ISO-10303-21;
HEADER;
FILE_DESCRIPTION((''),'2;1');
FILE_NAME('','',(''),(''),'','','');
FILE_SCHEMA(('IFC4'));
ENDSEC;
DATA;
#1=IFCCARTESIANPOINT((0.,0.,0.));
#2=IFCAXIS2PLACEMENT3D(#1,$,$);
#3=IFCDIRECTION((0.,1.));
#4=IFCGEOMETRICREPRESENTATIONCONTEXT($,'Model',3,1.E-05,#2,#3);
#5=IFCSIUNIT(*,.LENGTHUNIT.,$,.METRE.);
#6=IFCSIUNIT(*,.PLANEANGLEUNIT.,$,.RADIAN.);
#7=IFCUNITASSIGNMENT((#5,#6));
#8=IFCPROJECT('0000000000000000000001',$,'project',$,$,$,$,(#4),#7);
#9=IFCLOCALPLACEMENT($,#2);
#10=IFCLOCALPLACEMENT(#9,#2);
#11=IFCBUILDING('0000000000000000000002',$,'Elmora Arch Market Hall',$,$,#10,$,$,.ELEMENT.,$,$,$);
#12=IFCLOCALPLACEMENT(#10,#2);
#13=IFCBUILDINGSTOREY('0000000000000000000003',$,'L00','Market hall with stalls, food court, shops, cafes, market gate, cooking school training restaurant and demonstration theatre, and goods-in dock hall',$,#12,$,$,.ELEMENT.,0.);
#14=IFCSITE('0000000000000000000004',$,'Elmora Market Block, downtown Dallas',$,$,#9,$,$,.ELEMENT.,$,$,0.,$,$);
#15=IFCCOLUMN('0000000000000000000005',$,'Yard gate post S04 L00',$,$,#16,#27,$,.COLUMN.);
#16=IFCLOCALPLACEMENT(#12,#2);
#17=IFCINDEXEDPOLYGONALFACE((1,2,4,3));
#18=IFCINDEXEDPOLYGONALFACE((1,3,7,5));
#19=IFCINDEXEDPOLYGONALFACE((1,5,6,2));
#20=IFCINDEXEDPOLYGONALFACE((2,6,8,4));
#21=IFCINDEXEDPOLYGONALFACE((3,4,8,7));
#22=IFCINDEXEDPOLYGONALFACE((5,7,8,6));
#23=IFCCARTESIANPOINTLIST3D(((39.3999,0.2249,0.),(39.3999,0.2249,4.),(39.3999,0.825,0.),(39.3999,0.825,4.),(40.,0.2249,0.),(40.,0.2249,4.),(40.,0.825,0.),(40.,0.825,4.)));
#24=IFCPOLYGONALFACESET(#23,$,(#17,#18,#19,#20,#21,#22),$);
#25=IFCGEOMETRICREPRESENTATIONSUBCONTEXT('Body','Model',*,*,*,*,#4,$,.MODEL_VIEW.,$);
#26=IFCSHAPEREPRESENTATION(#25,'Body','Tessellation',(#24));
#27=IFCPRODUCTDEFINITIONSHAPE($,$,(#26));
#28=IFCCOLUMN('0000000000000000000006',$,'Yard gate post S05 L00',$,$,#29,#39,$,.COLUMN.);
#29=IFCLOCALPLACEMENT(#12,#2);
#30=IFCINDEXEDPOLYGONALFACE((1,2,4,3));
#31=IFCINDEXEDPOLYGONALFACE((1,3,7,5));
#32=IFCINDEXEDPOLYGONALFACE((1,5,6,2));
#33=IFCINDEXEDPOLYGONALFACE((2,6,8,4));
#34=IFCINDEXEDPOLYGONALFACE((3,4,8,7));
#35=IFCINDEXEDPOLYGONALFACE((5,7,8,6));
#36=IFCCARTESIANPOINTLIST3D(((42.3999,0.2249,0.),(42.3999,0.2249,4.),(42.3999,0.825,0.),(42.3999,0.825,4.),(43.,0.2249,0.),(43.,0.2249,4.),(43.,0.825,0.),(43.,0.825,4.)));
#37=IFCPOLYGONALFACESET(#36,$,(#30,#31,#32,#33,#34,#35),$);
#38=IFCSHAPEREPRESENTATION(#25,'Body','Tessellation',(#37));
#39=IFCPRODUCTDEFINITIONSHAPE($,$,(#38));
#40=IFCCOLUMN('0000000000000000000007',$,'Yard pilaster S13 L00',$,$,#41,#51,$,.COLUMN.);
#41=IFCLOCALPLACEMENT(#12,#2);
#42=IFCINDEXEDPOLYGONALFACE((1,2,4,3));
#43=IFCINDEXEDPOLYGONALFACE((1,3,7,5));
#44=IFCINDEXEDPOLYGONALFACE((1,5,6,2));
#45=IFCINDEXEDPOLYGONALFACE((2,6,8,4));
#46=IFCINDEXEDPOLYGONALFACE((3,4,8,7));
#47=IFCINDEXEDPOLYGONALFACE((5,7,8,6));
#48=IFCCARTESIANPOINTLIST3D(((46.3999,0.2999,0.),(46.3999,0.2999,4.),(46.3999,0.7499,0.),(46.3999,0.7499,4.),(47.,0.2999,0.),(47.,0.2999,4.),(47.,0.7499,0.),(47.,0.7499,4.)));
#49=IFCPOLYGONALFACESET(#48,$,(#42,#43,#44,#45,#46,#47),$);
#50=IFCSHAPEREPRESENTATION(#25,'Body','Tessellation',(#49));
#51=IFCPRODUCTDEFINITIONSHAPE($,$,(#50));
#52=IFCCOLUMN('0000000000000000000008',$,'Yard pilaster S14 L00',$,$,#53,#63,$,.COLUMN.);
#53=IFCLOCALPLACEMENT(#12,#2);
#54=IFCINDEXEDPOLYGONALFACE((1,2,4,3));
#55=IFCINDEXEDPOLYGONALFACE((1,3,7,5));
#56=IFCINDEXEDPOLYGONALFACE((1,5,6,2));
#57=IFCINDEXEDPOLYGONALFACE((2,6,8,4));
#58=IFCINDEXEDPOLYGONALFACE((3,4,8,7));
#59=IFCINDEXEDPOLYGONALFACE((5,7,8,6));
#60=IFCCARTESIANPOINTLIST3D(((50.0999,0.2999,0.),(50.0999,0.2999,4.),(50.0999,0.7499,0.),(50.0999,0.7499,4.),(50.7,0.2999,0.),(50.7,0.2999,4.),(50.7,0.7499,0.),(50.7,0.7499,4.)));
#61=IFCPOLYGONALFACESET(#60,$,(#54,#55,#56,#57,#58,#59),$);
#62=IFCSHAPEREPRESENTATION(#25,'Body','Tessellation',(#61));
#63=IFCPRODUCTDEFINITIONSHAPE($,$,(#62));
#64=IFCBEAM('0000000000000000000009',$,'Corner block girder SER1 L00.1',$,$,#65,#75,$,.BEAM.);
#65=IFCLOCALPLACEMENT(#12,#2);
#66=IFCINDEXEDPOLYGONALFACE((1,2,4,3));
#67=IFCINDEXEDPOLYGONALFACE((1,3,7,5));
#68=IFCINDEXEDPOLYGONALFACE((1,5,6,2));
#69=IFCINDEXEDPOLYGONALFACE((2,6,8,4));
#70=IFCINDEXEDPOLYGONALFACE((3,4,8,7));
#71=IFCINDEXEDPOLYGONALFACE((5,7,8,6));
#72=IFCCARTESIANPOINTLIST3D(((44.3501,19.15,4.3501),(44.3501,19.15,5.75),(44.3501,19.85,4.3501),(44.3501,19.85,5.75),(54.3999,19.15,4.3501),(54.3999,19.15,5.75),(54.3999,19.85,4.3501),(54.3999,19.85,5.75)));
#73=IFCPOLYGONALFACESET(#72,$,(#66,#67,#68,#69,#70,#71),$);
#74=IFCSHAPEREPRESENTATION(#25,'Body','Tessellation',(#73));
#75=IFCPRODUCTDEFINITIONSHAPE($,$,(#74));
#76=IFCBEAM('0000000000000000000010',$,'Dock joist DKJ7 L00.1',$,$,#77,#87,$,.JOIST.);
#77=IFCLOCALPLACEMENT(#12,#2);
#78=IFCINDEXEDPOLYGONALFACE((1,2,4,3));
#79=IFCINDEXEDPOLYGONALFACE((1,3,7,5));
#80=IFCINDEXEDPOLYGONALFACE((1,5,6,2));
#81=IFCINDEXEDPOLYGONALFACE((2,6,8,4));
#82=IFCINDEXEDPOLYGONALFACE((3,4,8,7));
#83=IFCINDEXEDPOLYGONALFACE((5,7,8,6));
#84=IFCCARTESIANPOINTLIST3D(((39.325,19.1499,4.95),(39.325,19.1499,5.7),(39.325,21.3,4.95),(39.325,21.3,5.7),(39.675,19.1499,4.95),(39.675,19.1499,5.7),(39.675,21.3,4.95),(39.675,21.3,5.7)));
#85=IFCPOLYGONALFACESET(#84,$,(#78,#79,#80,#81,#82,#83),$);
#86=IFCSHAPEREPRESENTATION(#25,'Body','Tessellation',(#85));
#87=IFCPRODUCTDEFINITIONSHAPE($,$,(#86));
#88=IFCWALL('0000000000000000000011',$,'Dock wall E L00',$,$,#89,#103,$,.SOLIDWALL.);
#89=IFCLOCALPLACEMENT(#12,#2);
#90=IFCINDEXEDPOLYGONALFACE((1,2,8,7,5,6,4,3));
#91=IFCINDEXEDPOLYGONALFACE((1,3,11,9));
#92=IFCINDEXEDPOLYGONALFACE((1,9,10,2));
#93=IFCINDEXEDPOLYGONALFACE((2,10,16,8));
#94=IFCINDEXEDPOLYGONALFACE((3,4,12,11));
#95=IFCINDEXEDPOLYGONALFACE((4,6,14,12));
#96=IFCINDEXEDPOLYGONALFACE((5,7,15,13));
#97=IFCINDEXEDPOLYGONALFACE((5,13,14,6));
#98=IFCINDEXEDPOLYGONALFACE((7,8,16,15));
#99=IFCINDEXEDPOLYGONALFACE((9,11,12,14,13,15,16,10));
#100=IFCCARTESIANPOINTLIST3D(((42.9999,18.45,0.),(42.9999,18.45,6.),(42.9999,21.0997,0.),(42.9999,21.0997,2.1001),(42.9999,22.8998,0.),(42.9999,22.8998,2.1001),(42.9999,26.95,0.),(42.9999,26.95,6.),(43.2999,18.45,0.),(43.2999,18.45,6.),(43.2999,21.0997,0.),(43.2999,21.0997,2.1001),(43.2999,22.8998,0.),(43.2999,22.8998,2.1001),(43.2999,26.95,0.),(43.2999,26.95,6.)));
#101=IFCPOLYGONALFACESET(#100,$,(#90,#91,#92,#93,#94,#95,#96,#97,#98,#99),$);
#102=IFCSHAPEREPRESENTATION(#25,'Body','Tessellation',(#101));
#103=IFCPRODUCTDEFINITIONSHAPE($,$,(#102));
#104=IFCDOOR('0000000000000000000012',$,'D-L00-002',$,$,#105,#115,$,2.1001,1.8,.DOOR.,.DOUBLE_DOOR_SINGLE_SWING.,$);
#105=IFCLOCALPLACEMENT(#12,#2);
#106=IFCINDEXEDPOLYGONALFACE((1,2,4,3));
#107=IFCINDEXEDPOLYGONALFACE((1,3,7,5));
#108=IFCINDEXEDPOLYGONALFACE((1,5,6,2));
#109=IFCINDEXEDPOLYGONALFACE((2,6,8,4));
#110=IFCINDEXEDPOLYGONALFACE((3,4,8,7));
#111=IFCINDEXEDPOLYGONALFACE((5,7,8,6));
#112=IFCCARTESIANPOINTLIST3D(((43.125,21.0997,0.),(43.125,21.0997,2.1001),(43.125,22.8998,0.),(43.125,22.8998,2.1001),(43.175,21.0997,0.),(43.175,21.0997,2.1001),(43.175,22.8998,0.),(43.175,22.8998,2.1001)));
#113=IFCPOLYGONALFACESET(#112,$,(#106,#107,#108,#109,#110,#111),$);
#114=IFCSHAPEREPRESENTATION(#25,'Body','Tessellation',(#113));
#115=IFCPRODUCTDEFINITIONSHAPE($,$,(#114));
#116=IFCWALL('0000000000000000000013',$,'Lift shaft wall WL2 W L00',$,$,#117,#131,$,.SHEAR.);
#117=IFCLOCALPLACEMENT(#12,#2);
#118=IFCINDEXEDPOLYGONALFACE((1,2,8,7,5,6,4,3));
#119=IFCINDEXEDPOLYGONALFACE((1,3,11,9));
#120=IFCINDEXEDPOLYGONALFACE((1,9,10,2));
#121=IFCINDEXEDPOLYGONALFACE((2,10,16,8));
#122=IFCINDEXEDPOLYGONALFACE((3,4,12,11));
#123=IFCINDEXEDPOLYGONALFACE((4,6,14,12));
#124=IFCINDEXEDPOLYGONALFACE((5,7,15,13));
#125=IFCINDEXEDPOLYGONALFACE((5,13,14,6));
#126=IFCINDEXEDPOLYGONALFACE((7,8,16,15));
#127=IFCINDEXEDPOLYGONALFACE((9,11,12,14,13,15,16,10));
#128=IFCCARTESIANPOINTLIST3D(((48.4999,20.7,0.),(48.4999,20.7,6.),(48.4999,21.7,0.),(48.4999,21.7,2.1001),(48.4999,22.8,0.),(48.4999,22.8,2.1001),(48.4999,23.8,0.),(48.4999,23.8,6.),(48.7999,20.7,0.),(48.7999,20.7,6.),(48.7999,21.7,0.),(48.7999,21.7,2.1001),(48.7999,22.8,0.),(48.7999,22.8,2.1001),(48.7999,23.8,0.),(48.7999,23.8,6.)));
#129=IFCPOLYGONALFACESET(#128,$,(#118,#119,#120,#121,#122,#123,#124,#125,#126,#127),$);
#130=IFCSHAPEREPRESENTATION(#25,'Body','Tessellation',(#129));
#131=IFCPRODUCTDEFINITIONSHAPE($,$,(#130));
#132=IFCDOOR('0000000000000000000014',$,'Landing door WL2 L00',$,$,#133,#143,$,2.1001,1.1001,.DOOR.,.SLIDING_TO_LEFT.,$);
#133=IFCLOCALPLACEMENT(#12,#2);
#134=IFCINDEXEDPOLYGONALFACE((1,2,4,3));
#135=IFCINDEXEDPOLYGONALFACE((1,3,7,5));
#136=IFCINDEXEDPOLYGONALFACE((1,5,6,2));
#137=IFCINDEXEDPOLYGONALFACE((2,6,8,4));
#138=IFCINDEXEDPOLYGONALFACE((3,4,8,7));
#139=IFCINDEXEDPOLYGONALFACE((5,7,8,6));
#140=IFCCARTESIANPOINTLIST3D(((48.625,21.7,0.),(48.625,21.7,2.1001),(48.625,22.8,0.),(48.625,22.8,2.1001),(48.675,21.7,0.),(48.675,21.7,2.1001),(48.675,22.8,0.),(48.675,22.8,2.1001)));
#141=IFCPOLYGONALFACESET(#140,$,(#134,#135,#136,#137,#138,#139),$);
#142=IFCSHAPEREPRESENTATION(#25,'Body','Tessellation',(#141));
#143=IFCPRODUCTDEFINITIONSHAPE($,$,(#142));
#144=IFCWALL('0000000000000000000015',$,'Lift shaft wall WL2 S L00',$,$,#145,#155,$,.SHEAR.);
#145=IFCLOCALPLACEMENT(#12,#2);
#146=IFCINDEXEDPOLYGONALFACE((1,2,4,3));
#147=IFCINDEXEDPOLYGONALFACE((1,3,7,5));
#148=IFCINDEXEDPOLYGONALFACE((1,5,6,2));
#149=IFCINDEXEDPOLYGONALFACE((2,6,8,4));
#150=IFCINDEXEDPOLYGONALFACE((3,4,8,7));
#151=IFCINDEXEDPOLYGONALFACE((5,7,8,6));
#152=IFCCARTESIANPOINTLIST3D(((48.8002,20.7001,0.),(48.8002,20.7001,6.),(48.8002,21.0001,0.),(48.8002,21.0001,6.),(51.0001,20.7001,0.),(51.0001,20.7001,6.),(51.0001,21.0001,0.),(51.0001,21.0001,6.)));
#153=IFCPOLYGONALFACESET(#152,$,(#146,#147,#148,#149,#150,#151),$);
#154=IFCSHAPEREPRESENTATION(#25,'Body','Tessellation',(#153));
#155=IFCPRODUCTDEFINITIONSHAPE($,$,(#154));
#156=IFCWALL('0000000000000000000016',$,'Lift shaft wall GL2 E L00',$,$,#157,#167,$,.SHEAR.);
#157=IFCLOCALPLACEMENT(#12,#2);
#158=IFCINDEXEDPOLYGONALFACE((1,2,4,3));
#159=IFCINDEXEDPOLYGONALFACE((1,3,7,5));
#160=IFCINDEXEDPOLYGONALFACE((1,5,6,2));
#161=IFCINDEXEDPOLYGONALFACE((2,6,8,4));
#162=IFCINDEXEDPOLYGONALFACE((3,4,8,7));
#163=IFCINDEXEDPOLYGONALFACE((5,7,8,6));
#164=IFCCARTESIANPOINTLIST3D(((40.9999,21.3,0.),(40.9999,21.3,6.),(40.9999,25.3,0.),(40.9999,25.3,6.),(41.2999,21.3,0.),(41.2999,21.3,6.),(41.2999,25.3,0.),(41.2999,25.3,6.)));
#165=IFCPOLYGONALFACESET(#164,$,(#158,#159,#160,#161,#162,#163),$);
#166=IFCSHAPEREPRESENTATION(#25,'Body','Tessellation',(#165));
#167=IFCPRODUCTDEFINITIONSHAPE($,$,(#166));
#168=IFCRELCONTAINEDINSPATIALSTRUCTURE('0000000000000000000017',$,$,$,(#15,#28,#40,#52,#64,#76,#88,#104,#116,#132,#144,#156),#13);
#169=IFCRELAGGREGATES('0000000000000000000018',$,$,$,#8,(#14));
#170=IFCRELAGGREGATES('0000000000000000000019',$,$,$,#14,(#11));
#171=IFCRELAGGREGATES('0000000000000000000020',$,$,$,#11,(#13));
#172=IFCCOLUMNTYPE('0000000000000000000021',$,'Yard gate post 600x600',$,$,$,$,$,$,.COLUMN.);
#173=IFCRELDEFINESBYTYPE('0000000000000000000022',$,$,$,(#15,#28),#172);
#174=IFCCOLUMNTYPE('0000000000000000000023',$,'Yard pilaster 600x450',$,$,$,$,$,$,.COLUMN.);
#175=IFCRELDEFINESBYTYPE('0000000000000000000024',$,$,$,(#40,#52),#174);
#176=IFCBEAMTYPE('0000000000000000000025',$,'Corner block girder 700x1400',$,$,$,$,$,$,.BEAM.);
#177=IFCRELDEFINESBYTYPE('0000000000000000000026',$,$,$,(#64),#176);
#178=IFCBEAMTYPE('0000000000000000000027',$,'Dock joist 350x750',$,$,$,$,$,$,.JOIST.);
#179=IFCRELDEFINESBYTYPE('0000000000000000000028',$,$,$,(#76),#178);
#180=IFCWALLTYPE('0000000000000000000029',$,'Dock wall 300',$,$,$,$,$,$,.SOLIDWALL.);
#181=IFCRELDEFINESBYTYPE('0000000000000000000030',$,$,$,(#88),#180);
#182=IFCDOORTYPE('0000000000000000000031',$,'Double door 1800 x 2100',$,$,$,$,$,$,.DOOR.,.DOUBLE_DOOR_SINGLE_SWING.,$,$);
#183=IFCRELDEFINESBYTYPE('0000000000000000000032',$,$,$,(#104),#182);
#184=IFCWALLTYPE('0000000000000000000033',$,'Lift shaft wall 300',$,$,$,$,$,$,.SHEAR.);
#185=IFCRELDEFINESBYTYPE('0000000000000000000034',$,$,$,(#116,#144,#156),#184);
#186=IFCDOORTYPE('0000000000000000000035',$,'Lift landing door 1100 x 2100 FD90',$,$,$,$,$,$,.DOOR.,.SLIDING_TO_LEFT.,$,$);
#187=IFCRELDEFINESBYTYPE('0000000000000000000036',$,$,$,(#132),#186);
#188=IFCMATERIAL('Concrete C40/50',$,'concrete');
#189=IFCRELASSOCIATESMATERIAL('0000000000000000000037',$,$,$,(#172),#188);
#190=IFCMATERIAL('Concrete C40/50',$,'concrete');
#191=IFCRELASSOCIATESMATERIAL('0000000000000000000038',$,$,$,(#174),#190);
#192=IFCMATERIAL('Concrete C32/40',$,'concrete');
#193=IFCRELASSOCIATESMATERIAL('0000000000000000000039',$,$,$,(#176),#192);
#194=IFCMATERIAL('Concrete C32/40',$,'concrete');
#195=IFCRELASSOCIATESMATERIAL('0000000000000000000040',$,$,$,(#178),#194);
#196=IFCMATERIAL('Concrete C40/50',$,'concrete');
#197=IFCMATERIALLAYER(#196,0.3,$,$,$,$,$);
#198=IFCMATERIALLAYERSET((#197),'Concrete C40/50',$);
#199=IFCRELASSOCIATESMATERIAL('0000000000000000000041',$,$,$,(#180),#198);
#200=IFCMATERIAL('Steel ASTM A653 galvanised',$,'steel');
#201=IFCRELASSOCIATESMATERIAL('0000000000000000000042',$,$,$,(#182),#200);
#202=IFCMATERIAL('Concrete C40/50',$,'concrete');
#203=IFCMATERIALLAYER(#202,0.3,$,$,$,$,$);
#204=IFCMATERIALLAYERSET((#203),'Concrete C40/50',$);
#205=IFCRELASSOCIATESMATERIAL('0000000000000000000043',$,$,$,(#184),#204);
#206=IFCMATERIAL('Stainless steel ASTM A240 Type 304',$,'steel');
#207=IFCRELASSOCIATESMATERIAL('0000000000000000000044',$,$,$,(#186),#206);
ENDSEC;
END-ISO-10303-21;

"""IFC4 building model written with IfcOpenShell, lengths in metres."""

from ifc_helpers import new_model, si_unit, direction, frame, frame_2d, origin, origin_2d, place, context, subcontext, project, spatial, rectangle, extrude, material, layer, layer_set, material_profile, profile_set, type_object, element, fill, save


model = new_model("IFC4")

# Units and contexts
model_context = context("Model", 3, precision=1e-05, world=origin(), true_north=direction((0.0, 1.0)))
body_context = subcontext(model_context, "Body", "Model", "MODEL_VIEW")
ifc_project = project(units=[si_unit("LENGTHUNIT", "METRE"), si_unit("PLANEANGLEUNIT", "RADIAN")], contexts=[model_context])

# Site, building, storey
site_placement = place(None, origin())
site = spatial("IfcSite", under=ifc_project, at=site_placement, Name="Elmora Market Block, downtown Dallas", CompositionType="ELEMENT", RefElevation=0.0)
building_placement = place(site_placement, origin())
building = spatial("IfcBuilding", under=site, at=building_placement, Name="Elmora Arch Market Hall", CompositionType="ELEMENT")
storey_placement = place(building_placement, origin())
storey = spatial("IfcBuildingStorey", under=building, at=storey_placement, Name="L00", Description="Market hall with stalls, food court, shops, cafes, market gate, cooking school training restaurant and demonstration theatre, and goods-in dock hall", CompositionType="ELEMENT", Elevation=0.0)

# Columns
ifc_material_1 = material(Name="Concrete C40/50", Category="concrete")
ifc_material_profile_1 = material_profile(ifc_material_1, rectangle(XDim=0.6001, YDim=0.6001, at=origin_2d()), Name="Yard gate post 600x600")
ifc_profile_set_1 = profile_set([ifc_material_profile_1], Name="Concrete C40/50")
column_type_1 = type_object("IfcColumnType", Name="Yard gate post 600x600", PredefinedType="COLUMN", material=ifc_profile_set_1)
for number, where, z_axis, x_axis, name in (
    (1, (39.7, 0.5249, 0.0), (0.0, 0.0, 1.0), (1.0, 0.0, 0.0), "Yard gate post S04 L00"),
    (2, (42.7, 0.5249, 0.0), (0.0, 0.0, 1.0), (1.0, 0.0, 0.0), "Yard gate post S05 L00"),
):
    element("IfcColumn", number, at=place(storey_placement, frame(where, z_axis=z_axis, x_axis=x_axis)), inside=storey, type_object=column_type_1, Name=name, PredefinedType="COLUMN", context=body_context, shape_type="SweptSolid", body=[
        extrude(rectangle(XDim=0.6001, YDim=0.6001, at=origin_2d()), origin(), (0.0, 0.0, 1.0), 4.0),
    ])
ifc_material_2 = material(Name="Concrete C40/50", Category="concrete")
ifc_material_profile_2 = material_profile(ifc_material_2, rectangle(XDim=0.6001, YDim=0.45, at=origin_2d()), Name="Yard pilaster 600x450")
ifc_profile_set_2 = profile_set([ifc_material_profile_2], Name="Concrete C40/50")
column_type_2 = type_object("IfcColumnType", Name="Yard pilaster 600x450", PredefinedType="COLUMN", material=ifc_profile_set_2)
for number, where, z_axis, x_axis, name in (
    (3, (46.7, 0.5249, 0.0), (0.0, 0.0, 1.0), (1.0, 0.0, 0.0), "Yard pilaster S13 L00"),
    (4, (50.3999, 0.5249, 0.0), (0.0, 0.0, 1.0), (1.0, 0.0, 0.0), "Yard pilaster S14 L00"),
):
    element("IfcColumn", number, at=place(storey_placement, frame(where, z_axis=z_axis, x_axis=x_axis)), inside=storey, type_object=column_type_2, Name=name, PredefinedType="COLUMN", context=body_context, shape_type="SweptSolid", body=[
        extrude(rectangle(XDim=0.6001, YDim=0.45, at=origin_2d()), origin(), (0.0, 0.0, 1.0), 4.0),
    ])

# Beams
ifc_material_3 = material(Name="Concrete C32/40", Category="concrete")
ifc_material_profile_3 = material_profile(ifc_material_3, rectangle(XDim=0.7, YDim=1.3999, at=origin_2d()), Name="Corner block girder 700x1400")
ifc_profile_set_3 = profile_set([ifc_material_profile_3], Name="Concrete C32/40")
beam_type_1 = type_object("IfcBeamType", Name="Corner block girder 700x1400", PredefinedType="BEAM", material=ifc_profile_set_3)
beam_1_placement = place(storey_placement, frame((44.3501, 19.5, 5.05), z_axis=(1.0, 0.0, 0.0), x_axis=(0.0, 1.0, 0.0)))
element("IfcBeam", 5, at=beam_1_placement, inside=storey, type_object=beam_type_1, Name="Corner block girder SER1 L00.1", PredefinedType="BEAM", context=body_context, shape_type="SweptSolid", body=[
    extrude(rectangle(XDim=0.7, YDim=1.3999, at=origin_2d()), origin(), (0.0, 0.0, 1.0), 10.0498),
])
ifc_material_4 = material(Name="Concrete C32/40", Category="concrete")
ifc_material_profile_4 = material_profile(ifc_material_4, rectangle(XDim=0.3501, YDim=0.75, at=origin_2d()), Name="Dock joist 350x750")
ifc_profile_set_4 = profile_set([ifc_material_profile_4], Name="Concrete C32/40")
beam_type_2 = type_object("IfcBeamType", Name="Dock joist 350x750", PredefinedType="JOIST", material=ifc_profile_set_4)
beam_2_placement = place(storey_placement, frame((39.5, 19.1499, 5.325), z_axis=(0.0, 1.0, 0.0), x_axis=(-1.0, 0.0, 0.0)))
element("IfcBeam", 6, at=beam_2_placement, inside=storey, type_object=beam_type_2, Name="Dock joist DKJ7 L00.1", PredefinedType="JOIST", context=body_context, shape_type="SweptSolid", body=[
    extrude(rectangle(XDim=0.3501, YDim=0.75, at=origin_2d()), origin(), (0.0, 0.0, 1.0), 2.1501),
])

# Walls, openings, doors
ifc_material_5 = material(Name="Concrete C40/50", Category="concrete")
ifc_layer_1 = layer(ifc_material_5, 0.3)
ifc_layer_set_1 = layer_set([ifc_layer_1], Name="Concrete C40/50")
wall_type_1 = type_object("IfcWallType", Name="Dock wall 300", PredefinedType="SOLIDWALL", material=ifc_layer_set_1)
wall_1_placement = place(storey_placement, frame((43.1499, 18.45, 0.0), z_axis=(0.0, 0.0, 1.0), x_axis=(0.0, 1.0, 0.0)))
wall_1 = element("IfcWall", 7, at=wall_1_placement, inside=storey, type_object=wall_type_1, Name="Dock wall E L00", PredefinedType="SOLIDWALL", context=body_context, shape_type="SweptSolid", body=[
    extrude(rectangle(XDim=8.5, YDim=0.3, at=frame_2d((4.25, 0.0))), origin(), (0.0, 0.0, 1.0), 6.0),
])
opening_1_placement = place(wall_1_placement, frame((2.6499, 0.0, 0.0)))
opening_1 = element("IfcOpeningElement", 8, at=opening_1_placement, cuts=wall_1, PredefinedType="OPENING", context=body_context, shape_type="SweptSolid", body=[
    extrude(rectangle(XDim=1.8, YDim=2.1001, at=frame_2d((0.8999, 1.05))), frame((0.0, 0.1599, 0.0), z_axis=(0.0, -1.0, 0.0), x_axis=(1.0, 0.0, 0.0)), (0.0, 0.0, 1.0), 0.3201),
])
ifc_material_6 = material(Name="Steel ASTM A653 galvanised", Category="steel")
door_type_1 = type_object("IfcDoorType", Name="Double door 1800 x 2100", OperationType="DOUBLE_DOOR_SINGLE_SWING", PredefinedType="DOOR", material=ifc_material_6)
door_1_placement = place(opening_1_placement, origin())
door_1 = element("IfcDoor", 9, at=door_1_placement, inside=storey, type_object=door_type_1, Name="D-L00-002", OperationType="DOUBLE_DOOR_SINGLE_SWING", OverallHeight=2.1001, OverallWidth=1.8, PredefinedType="DOOR", context=body_context, shape_type="SweptSolid", body=[
    extrude(rectangle(XDim=1.8, YDim=2.1001, at=frame_2d((0.8999, 1.05))), frame((0.0, 0.0249, 0.0), z_axis=(0.0, -1.0, 0.0), x_axis=(1.0, 0.0, 0.0)), (0.0, 0.0, 1.0), 0.05),
])
fill(opening_1, door_1)
ifc_material_7 = material(Name="Concrete C40/50", Category="concrete")
ifc_layer_2 = layer(ifc_material_7, 0.3)
ifc_layer_set_2 = layer_set([ifc_layer_2], Name="Concrete C40/50")
wall_type_2 = type_object("IfcWallType", Name="Lift shaft wall 300", PredefinedType="SHEAR", material=ifc_layer_set_2)
wall_2_placement = place(storey_placement, frame((48.6499, 20.7, 0.0), z_axis=(0.0, 0.0, 1.0), x_axis=(0.0, 1.0, 0.0)))
wall_2 = element("IfcWall", 10, at=wall_2_placement, inside=storey, type_object=wall_type_2, Name="Lift shaft wall WL2 W L00", PredefinedType="SHEAR", context=body_context, shape_type="SweptSolid", body=[
    extrude(rectangle(XDim=3.1001, YDim=0.3, at=frame_2d((1.55, 0.0))), origin(), (0.0, 0.0, 1.0), 6.0),
])
opening_2_placement = place(wall_2_placement, frame((1.0, 0.0, 0.0)))
opening_2 = element("IfcOpeningElement", 11, at=opening_2_placement, cuts=wall_2, PredefinedType="OPENING", context=body_context, shape_type="SweptSolid", body=[
    extrude(rectangle(XDim=1.1001, YDim=2.1001, at=frame_2d((0.55, 1.05))), frame((0.0, 0.1599, 0.0), z_axis=(0.0, -1.0, 0.0), x_axis=(1.0, 0.0, 0.0)), (0.0, 0.0, 1.0), 0.3201),
])
ifc_material_8 = material(Name="Stainless steel ASTM A240 Type 304", Category="steel")
door_type_2 = type_object("IfcDoorType", Name="Lift landing door 1100 x 2100 FD90", OperationType="SLIDING_TO_LEFT", PredefinedType="DOOR", material=ifc_material_8)
door_2_placement = place(opening_2_placement, origin())
door_2 = element("IfcDoor", 12, at=door_2_placement, inside=storey, type_object=door_type_2, Name="Landing door WL2 L00", OperationType="SLIDING_TO_LEFT", OverallHeight=2.1001, OverallWidth=1.1001, PredefinedType="DOOR", context=body_context, shape_type="SweptSolid", body=[
    extrude(rectangle(XDim=1.1001, YDim=2.1001, at=frame_2d((0.55, 1.05))), frame((0.0, 0.0249, 0.0), z_axis=(0.0, -1.0, 0.0), x_axis=(1.0, 0.0, 0.0)), (0.0, 0.0, 1.0), 0.05),
])
fill(opening_2, door_2)

# Walls
wall_3_placement = place(storey_placement, frame((48.8, 20.8501, 0.0), z_axis=(0.0, 0.0, 1.0), x_axis=(1.0, 0.0, 0.0)))
element("IfcWall", 13, at=wall_3_placement, inside=storey, type_object=wall_type_2, Name="Lift shaft wall WL2 S L00", PredefinedType="SHEAR", context=body_context, shape_type="SweptSolid", body=[
    extrude(rectangle(XDim=2.2, YDim=0.3, at=frame_2d((1.1001, 0.0))), origin(), (0.0, 0.0, 1.0), 6.0),
])
wall_4_placement = place(storey_placement, frame((41.1499, 21.3, 0.0), z_axis=(0.0, 0.0, 1.0), x_axis=(0.0, 1.0, 0.0)))
element("IfcWall", 14, at=wall_4_placement, inside=storey, type_object=wall_type_2, Name="Lift shaft wall GL2 E L00", PredefinedType="SHEAR", context=body_context, shape_type="SweptSolid", body=[
    extrude(rectangle(XDim=4.0, YDim=0.3, at=frame_2d((2.0, 0.0))), origin(), (0.0, 0.0, 1.0), 6.0),
])

save(model, "model.ifc")
